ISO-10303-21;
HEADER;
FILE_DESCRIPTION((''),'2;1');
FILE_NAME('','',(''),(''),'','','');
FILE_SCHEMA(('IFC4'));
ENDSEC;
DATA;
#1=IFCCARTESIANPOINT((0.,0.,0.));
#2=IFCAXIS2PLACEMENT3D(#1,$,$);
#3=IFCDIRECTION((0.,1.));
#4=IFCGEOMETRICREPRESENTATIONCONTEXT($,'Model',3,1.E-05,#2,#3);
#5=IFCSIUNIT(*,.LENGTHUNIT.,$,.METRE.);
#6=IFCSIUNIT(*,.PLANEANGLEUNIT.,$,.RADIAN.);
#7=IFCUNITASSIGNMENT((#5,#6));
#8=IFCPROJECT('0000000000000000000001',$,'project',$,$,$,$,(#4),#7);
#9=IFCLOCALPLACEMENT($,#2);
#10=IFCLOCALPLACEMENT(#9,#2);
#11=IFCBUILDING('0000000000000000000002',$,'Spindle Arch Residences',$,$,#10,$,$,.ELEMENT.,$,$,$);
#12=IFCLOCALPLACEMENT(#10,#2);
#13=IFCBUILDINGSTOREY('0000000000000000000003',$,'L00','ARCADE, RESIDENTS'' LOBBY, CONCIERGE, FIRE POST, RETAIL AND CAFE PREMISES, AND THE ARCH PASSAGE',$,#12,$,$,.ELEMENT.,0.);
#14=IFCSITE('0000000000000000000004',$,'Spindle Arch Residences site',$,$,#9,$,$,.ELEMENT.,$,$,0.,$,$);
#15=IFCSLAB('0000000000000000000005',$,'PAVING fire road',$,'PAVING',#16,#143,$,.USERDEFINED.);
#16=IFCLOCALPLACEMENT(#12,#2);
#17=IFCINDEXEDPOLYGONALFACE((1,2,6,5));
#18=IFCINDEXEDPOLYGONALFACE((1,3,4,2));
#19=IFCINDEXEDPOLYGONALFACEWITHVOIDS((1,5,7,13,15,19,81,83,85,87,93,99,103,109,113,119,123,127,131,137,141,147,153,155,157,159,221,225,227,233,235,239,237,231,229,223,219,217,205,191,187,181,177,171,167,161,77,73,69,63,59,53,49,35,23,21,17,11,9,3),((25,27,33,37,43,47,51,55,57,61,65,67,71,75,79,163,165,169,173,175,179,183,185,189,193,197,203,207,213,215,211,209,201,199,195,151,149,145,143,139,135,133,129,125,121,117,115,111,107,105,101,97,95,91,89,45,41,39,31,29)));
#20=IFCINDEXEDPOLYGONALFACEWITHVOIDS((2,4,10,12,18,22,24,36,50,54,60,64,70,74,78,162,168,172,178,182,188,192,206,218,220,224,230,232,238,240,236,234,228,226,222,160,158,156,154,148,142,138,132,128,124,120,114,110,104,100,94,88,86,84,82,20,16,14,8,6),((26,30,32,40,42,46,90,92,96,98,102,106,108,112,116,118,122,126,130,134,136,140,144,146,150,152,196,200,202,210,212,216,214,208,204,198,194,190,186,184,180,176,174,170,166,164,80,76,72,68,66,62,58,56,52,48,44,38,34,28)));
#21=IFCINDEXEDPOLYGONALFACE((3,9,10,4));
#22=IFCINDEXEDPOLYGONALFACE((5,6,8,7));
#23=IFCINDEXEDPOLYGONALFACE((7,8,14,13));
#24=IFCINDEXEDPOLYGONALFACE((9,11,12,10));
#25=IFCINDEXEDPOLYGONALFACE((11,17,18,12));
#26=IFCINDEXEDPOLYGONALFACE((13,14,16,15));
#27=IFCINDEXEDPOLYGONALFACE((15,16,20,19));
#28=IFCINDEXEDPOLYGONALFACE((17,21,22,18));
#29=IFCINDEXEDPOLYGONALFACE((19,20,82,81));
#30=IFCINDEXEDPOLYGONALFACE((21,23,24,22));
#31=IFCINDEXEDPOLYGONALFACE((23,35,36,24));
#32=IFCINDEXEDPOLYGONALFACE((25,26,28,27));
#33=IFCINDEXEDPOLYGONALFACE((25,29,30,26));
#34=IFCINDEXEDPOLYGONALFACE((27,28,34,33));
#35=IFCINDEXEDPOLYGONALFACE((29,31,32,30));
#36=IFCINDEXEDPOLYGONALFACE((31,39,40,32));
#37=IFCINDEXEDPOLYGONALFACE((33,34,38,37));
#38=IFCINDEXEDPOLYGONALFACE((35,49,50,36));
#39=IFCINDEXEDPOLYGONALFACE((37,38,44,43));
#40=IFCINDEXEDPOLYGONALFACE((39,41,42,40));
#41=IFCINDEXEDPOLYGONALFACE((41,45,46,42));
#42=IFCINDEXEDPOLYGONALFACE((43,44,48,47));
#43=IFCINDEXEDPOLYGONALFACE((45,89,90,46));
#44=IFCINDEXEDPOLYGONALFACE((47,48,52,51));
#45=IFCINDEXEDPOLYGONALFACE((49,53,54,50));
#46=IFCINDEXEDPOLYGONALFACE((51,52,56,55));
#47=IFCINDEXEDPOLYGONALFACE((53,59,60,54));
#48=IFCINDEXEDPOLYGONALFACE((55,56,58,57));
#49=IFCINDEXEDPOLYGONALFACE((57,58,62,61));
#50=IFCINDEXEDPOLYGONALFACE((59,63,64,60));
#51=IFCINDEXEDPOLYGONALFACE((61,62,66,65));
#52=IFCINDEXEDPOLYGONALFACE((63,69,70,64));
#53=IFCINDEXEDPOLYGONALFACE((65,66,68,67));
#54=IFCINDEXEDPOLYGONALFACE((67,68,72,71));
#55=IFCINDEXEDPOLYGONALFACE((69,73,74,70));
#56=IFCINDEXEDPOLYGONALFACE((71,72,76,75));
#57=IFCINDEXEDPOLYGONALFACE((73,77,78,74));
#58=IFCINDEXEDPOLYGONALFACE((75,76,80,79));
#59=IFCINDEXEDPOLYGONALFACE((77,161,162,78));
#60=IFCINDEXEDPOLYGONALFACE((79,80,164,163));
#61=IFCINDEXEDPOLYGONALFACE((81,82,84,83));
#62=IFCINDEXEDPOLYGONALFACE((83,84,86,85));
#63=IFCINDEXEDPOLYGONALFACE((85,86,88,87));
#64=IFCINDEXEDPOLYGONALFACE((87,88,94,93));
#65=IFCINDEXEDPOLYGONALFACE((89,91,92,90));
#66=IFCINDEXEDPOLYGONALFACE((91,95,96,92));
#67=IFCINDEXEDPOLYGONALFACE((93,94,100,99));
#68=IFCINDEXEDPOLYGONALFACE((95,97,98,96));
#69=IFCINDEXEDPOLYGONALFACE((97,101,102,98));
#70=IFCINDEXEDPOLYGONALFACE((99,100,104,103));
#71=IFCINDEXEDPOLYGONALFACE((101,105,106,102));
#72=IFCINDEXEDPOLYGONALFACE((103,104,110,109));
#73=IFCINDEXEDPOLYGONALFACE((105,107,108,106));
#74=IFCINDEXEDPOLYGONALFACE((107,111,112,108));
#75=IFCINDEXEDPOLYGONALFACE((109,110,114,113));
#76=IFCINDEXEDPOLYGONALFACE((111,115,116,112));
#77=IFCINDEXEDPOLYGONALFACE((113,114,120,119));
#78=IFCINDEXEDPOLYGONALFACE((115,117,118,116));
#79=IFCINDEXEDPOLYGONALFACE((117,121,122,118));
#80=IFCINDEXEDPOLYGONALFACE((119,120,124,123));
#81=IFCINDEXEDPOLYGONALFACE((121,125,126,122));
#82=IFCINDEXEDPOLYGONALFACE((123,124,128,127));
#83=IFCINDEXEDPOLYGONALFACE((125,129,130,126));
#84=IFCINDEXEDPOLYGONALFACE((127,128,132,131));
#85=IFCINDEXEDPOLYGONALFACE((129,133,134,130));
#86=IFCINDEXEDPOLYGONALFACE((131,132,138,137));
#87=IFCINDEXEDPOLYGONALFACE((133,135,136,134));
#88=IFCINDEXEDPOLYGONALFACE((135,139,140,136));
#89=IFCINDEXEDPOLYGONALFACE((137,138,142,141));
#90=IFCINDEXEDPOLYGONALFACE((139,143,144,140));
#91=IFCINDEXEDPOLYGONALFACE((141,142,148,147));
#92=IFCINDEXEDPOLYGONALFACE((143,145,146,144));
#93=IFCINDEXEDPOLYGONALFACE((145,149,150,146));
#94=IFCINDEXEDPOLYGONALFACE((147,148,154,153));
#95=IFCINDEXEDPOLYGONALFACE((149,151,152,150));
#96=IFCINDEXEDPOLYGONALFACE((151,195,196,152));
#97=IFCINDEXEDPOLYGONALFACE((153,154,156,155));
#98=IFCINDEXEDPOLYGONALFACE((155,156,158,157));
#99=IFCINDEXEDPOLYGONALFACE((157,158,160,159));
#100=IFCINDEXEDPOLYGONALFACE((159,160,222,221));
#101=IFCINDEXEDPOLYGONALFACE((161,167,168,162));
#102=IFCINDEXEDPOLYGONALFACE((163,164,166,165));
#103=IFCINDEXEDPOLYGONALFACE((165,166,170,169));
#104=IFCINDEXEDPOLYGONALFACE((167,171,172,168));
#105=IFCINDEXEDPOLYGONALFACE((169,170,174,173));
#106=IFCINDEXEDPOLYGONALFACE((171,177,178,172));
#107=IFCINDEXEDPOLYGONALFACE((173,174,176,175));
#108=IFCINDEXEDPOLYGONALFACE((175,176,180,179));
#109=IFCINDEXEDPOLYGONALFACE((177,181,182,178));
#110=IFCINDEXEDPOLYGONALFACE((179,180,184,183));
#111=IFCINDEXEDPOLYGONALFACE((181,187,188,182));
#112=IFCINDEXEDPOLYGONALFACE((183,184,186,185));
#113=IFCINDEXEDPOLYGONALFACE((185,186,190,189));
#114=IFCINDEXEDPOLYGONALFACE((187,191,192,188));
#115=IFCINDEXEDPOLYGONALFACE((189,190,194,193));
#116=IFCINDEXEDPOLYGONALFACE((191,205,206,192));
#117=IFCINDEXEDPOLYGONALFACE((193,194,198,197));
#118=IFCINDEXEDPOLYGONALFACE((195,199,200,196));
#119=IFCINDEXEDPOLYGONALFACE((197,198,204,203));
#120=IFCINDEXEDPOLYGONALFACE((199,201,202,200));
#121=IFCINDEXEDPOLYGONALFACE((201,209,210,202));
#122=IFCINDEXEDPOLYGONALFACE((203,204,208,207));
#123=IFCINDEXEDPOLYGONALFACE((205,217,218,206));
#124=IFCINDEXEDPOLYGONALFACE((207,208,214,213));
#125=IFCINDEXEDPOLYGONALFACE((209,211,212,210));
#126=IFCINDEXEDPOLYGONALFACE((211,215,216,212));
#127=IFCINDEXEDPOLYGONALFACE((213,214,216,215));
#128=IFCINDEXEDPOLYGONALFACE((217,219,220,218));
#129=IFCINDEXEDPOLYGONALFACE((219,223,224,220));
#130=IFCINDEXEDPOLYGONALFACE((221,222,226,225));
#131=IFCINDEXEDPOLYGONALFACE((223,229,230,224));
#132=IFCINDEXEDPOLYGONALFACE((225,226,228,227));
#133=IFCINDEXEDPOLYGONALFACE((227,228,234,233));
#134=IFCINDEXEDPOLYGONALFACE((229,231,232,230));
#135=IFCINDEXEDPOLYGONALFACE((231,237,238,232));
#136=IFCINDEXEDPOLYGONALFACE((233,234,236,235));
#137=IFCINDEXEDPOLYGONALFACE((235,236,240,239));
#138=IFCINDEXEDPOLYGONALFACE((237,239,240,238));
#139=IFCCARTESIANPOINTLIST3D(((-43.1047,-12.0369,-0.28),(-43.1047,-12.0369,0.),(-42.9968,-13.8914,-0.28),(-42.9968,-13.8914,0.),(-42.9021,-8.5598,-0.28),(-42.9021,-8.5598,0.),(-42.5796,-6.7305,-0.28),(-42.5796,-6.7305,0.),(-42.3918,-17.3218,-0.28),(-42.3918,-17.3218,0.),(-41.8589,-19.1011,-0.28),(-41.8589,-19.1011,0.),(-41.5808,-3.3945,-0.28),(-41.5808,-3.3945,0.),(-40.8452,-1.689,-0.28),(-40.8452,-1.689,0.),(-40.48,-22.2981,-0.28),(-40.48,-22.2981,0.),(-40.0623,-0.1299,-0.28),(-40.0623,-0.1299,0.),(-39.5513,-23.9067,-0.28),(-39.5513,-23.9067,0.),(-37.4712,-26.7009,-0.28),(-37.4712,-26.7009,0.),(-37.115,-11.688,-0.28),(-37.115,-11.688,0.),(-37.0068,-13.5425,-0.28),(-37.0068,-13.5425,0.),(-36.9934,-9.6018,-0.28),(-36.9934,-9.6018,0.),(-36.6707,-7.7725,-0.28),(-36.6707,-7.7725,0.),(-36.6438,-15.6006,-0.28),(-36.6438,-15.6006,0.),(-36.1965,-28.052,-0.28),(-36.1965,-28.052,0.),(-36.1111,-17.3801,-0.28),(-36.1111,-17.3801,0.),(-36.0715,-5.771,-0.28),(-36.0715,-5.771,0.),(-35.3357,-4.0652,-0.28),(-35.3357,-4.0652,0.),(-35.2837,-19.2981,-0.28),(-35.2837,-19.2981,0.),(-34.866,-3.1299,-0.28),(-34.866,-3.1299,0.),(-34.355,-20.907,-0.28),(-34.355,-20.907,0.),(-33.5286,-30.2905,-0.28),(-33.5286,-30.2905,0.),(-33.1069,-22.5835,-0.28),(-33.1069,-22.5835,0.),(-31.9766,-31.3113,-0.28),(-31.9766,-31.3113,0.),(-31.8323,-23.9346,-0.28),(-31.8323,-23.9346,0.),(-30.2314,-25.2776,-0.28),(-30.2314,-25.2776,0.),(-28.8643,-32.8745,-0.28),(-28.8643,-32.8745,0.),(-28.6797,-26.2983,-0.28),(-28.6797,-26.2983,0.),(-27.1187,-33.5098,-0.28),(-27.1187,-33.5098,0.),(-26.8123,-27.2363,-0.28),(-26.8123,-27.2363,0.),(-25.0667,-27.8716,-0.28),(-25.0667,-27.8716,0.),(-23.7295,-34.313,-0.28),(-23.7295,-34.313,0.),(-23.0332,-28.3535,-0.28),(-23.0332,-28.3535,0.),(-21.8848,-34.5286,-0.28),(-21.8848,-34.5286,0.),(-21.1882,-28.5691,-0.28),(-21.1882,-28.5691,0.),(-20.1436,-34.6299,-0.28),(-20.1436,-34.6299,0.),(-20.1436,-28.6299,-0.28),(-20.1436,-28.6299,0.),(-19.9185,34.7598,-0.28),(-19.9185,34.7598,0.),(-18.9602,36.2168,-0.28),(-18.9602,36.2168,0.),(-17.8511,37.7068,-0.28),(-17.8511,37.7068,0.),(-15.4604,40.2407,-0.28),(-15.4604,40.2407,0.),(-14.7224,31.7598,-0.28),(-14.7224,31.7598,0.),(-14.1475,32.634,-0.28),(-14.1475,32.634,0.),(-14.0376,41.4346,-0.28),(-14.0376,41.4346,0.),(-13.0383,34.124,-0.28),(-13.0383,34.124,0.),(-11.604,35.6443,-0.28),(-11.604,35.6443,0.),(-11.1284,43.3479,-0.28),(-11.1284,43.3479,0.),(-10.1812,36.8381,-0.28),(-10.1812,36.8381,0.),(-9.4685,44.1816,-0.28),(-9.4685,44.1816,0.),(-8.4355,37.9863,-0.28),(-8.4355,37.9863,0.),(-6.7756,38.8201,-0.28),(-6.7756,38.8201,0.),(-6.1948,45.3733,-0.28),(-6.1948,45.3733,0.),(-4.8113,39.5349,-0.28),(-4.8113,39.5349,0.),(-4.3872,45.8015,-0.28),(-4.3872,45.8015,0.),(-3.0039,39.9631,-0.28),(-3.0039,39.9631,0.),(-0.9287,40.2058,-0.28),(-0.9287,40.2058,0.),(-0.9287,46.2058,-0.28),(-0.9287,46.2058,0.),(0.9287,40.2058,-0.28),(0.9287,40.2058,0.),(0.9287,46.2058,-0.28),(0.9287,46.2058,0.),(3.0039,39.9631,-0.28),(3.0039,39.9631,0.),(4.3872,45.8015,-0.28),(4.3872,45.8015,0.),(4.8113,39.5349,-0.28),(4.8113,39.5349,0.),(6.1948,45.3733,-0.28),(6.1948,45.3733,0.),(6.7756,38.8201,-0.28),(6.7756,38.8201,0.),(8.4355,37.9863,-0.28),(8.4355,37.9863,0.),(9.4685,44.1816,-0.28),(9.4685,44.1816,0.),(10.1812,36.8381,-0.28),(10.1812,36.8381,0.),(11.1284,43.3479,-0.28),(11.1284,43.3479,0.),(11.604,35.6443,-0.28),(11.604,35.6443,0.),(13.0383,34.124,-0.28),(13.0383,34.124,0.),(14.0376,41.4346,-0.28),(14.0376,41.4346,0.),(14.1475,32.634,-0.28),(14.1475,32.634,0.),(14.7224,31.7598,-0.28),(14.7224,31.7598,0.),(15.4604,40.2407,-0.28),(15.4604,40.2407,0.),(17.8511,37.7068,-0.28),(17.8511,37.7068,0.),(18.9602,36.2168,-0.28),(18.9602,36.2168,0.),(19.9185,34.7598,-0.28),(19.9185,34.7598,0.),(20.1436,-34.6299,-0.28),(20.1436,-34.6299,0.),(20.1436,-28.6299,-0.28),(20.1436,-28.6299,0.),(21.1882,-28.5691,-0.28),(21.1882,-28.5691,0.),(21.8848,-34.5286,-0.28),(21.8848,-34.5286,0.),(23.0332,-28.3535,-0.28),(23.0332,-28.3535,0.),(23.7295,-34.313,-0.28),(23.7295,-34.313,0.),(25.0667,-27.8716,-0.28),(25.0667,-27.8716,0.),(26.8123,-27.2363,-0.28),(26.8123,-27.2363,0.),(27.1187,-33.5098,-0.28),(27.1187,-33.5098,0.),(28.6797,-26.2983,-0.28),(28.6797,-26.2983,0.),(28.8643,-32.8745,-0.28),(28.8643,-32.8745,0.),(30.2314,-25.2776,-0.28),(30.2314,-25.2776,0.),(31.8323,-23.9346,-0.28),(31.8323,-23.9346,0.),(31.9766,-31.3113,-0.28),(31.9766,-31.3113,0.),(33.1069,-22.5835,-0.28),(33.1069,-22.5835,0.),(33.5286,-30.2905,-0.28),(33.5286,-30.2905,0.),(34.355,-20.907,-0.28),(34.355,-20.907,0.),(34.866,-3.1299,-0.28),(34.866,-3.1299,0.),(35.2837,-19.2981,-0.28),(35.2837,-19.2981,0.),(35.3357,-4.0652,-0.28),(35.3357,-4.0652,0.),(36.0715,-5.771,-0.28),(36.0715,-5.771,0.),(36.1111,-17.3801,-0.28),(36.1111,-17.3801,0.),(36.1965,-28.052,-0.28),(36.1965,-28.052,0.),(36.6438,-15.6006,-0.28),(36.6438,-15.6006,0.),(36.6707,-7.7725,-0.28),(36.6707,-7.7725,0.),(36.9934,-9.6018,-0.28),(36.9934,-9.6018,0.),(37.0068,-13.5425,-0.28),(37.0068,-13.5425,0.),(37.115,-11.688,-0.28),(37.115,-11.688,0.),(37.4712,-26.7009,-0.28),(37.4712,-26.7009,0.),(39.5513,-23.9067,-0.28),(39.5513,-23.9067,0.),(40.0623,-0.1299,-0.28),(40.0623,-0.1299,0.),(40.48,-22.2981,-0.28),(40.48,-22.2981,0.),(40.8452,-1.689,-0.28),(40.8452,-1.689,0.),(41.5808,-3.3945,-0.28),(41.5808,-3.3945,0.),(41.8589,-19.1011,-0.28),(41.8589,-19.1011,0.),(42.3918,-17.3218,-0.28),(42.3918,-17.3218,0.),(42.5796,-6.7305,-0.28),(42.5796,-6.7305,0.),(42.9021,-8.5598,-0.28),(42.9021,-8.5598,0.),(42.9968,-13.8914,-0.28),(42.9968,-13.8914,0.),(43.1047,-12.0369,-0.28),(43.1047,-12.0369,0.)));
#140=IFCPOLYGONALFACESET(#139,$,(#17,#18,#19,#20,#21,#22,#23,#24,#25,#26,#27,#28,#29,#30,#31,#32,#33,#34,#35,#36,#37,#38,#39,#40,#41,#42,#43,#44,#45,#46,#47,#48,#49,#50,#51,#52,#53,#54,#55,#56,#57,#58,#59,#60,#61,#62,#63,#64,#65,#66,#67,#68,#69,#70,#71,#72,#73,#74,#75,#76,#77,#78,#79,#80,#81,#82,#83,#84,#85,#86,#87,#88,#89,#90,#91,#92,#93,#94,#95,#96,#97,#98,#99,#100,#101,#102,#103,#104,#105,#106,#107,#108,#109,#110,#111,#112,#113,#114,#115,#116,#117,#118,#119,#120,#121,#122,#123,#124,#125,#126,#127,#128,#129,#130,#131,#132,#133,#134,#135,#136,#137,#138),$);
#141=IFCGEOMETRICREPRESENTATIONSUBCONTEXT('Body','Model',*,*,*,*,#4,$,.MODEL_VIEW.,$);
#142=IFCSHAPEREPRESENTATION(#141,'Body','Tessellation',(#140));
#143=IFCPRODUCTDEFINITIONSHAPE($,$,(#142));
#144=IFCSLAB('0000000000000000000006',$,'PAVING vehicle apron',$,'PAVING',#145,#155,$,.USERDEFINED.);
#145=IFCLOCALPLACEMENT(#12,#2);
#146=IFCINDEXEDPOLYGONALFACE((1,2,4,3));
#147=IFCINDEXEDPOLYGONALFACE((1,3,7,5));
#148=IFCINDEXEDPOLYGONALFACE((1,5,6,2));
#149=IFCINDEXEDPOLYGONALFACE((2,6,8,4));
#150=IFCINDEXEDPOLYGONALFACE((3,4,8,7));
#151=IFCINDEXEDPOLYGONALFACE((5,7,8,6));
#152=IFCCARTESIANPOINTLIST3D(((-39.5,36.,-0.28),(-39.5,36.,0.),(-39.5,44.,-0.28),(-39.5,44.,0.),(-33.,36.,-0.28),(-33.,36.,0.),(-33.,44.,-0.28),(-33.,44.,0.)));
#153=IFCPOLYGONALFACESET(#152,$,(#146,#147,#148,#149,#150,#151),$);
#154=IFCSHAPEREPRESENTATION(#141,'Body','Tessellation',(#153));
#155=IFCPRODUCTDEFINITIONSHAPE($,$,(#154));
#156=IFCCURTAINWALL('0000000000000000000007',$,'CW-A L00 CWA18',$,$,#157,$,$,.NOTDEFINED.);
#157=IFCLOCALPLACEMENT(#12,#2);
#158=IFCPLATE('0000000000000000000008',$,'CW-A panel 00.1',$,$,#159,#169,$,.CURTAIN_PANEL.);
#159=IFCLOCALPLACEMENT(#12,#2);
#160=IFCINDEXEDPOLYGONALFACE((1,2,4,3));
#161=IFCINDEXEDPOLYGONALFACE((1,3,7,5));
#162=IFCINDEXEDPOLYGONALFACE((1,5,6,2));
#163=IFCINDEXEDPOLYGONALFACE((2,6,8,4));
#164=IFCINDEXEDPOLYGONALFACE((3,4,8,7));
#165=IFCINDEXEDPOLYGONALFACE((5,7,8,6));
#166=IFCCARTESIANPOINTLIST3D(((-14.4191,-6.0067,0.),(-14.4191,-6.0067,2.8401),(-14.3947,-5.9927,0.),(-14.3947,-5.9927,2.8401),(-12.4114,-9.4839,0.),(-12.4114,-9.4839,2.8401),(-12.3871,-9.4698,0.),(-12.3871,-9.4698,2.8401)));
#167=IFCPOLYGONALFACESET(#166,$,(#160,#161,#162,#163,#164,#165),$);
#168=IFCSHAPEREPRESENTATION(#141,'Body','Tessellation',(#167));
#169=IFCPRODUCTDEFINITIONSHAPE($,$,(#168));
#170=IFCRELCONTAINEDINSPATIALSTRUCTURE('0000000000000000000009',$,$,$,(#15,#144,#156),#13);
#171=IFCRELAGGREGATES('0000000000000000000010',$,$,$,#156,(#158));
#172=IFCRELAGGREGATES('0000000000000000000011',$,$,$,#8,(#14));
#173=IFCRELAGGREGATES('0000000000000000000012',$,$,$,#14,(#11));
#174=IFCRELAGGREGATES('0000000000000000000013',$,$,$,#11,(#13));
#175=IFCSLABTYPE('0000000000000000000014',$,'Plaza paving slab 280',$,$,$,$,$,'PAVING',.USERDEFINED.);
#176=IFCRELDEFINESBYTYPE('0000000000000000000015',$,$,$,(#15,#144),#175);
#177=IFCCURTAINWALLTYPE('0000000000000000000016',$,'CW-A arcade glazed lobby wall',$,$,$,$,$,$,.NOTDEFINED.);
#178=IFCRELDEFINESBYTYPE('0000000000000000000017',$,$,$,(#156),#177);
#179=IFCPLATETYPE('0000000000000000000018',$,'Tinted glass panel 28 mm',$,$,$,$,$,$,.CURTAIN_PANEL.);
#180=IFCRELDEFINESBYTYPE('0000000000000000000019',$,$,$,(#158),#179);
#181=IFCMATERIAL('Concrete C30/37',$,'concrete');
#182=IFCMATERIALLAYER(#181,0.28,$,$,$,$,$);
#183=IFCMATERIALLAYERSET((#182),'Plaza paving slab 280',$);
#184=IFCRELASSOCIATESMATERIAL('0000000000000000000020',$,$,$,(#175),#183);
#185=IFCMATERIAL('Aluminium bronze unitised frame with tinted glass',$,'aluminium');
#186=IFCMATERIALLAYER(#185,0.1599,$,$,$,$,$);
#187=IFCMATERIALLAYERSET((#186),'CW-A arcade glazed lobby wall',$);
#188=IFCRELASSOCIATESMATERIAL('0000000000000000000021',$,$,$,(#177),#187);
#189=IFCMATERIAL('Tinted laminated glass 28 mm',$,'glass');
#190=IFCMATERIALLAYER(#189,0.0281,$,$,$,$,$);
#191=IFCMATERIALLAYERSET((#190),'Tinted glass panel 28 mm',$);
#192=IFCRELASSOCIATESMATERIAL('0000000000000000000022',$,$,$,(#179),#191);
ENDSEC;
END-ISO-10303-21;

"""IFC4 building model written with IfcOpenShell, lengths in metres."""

from ifc_helpers import new_model, si_unit, direction, frame, origin, origin_2d, place, context, subcontext, project, spatial, polyline, rectangle, outline, extrude, material, layer, layer_set, type_object, element, aggregate, save


model = new_model("IFC4")

# Units and contexts
model_context = context("Model", 3, precision=1e-05, world=origin(), true_north=direction((0.0, 1.0)))
body_context = subcontext(model_context, "Body", "Model", "MODEL_VIEW")
ifc_project = project(units=[si_unit("LENGTHUNIT", "METRE"), si_unit("PLANEANGLEUNIT", "RADIAN")], contexts=[model_context])

# Site, building, storey
site_placement = place(None, origin())
site = spatial("IfcSite", under=ifc_project, at=site_placement, Name="Spindle Arch Residences site", CompositionType="ELEMENT", RefElevation=0.0)
building_placement = place(site_placement, origin())
building = spatial("IfcBuilding", under=site, at=building_placement, Name="Spindle Arch Residences", CompositionType="ELEMENT")
storey_placement = place(building_placement, origin())
storey = spatial("IfcBuildingStorey", under=building, at=storey_placement, Name="L00", Description="ARCADE, RESIDENTS' LOBBY, CONCIERGE, FIRE POST, RETAIL AND CAFE PREMISES, AND THE ARCH PASSAGE", CompositionType="ELEMENT", Elevation=0.0)

# Slabs
ifc_material_1 = material(Name="Concrete C30/37", Category="concrete")
ifc_layer_1 = layer(ifc_material_1, 0.28)
ifc_layer_set_1 = layer_set([ifc_layer_1], Name="Plaza paving slab 280")
slab_type_1 = type_object("IfcSlabType", Name="Plaza paving slab 280", ElementType="PAVING", PredefinedType="USERDEFINED", material=ifc_layer_set_1)
slab_1_placement = place(storey_placement, frame((0.0, 0.0, -0.28)))
element("IfcSlab", 1, at=slab_1_placement, inside=storey, type_object=slab_type_1, Name="PAVING fire road", ObjectType="PAVING", PredefinedType="USERDEFINED", context=body_context, shape_type="SweptSolid", body=[
    extrude(outline(polyline([(-20.1436, -34.6299), (-21.8848, -34.5286), (-23.7295, -34.313), (-27.1187, -33.5098), (-28.8643, -32.8745), (-31.9766, -31.3113), (-33.5286, -30.2905), (-36.1965, -28.052), (-37.4712, -26.7009), (-39.5513, -23.9067), (-40.48, -22.2981), (-41.8589, -19.1011), (-42.3918, -17.3218), (-42.9968, -13.8914), (-43.1047, -12.0369), (-42.9021, -8.5598), (-42.5796, -6.7305), (-41.5808, -3.3945), (-40.8452, -1.689), (-40.0623, -0.1299), (-19.9185, 34.7598), (-18.9602, 36.2168), (-17.8511, 37.7068), (-15.4604, 40.2407), (-14.0376, 41.4346), (-11.1284, 43.3479), (-9.4685, 44.1816), (-6.1948, 45.3733), (-4.3872, 45.8015), (-0.9287, 46.2058), (0.9287, 46.2058), (4.3872, 45.8015), (6.1948, 45.3733), (9.4685, 44.1816), (11.1284, 43.3479), (14.0376, 41.4346), (15.4604, 40.2407), (17.8511, 37.7068), (18.9602, 36.2168), (19.9185, 34.7598), (40.0623, -0.1299), (40.8452, -1.689), (41.5808, -3.3945), (42.5796, -6.7305), (42.9021, -8.5598), (43.1047, -12.0369), (42.9968, -13.8914), (42.3918, -17.3218), (41.8589, -19.1011), (40.48, -22.2981), (39.5513, -23.9067), (37.4712, -26.7009), (36.1965, -28.052), (33.5286, -30.2905), (31.9766, -31.3113), (28.8643, -32.8745), (27.1187, -33.5098), (23.7295, -34.313), (21.8848, -34.5286), (20.1436, -34.6299), (-20.1436, -34.6299)]), holes=[polyline([(21.1882, -28.5691), (23.0332, -28.3535), (25.0667, -27.8716), (26.8123, -27.2363), (28.6797, -26.2983), (30.2314, -25.2776), (31.8323, -23.9346), (33.1069, -22.5835), (34.355, -20.907), (35.2837, -19.2981), (36.1111, -17.3801), (36.6438, -15.6006), (37.0068, -13.5425), (37.115, -11.688), (36.9934, -9.6018), (36.6707, -7.7725), (36.0715, -5.771), (35.3357, -4.0652), (34.866, -3.1299), (14.7224, 31.7598), (14.1475, 32.634), (13.0383, 34.124), (11.604, 35.6443), (10.1812, 36.8381), (8.4355, 37.9863), (6.7756, 38.8201), (4.8113, 39.5349), (3.0039, 39.9631), (0.9287, 40.2058), (-0.9287, 40.2058), (-3.0039, 39.9631), (-4.8113, 39.5349), (-6.7756, 38.8201), (-8.4355, 37.9863), (-10.1812, 36.8381), (-11.604, 35.6443), (-13.0383, 34.124), (-14.1475, 32.634), (-14.7224, 31.7598), (-34.866, -3.1299), (-35.3357, -4.0652), (-36.0715, -5.771), (-36.6707, -7.7725), (-36.9934, -9.6018), (-37.115, -11.688), (-37.0068, -13.5425), (-36.6438, -15.6006), (-36.1111, -17.3801), (-35.2837, -19.2981), (-34.355, -20.907), (-33.1069, -22.5835), (-31.8323, -23.9346), (-30.2314, -25.2776), (-28.6797, -26.2983), (-26.8123, -27.2363), (-25.0667, -27.8716), (-23.0332, -28.3535), (-21.1882, -28.5691), (-20.1436, -28.6299), (20.1436, -28.6299), (21.1882, -28.5691)])]), origin(), (0.0, 0.0, 1.0), 0.28),
])
slab_2_placement = place(storey_placement, frame((0.0, 0.0, -0.28)))
element("IfcSlab", 2, at=slab_2_placement, inside=storey, type_object=slab_type_1, Name="PAVING vehicle apron", ObjectType="PAVING", PredefinedType="USERDEFINED", context=body_context, shape_type="SweptSolid", body=[
    extrude(outline(polyline([(-39.5, 44.0), (-33.0, 44.0), (-33.0, 36.0), (-39.5, 36.0), (-39.5, 44.0)])), origin(), (0.0, 0.0, 1.0), 0.28),
])

# Curtain wall, plate
ifc_material_2 = material(Name="Aluminium bronze unitised frame with tinted glass", Category="aluminium")
ifc_layer_2 = layer(ifc_material_2, 0.1599)
ifc_layer_set_2 = layer_set([ifc_layer_2], Name="CW-A arcade glazed lobby wall")
curtain_wall_type = type_object("IfcCurtainWallType", Name="CW-A arcade glazed lobby wall", PredefinedType="NOTDEFINED", material=ifc_layer_set_2)
curtain_wall_placement = place(storey_placement, origin())
curtain_wall = element("IfcCurtainWall", 3, at=curtain_wall_placement, inside=storey, type_object=curtain_wall_type, Name="CW-A L00 CWA18", PredefinedType="NOTDEFINED")
ifc_material_3 = material(Name="Tinted laminated glass 28 mm", Category="glass")
ifc_layer_3 = layer(ifc_material_3, 0.0281)
ifc_layer_set_3 = layer_set([ifc_layer_3], Name="Tinted glass panel 28 mm")
plate_type = type_object("IfcPlateType", Name="Tinted glass panel 28 mm", PredefinedType="CURTAIN_PANEL", material=ifc_layer_set_3)
plate_placement = place(storey_placement, frame((-13.4031, -7.7383, 0.0), z_axis=(0.0, 0.0, 1.0), x_axis=(0.500023, -0.866012, 0.0)))
plate = element("IfcPlate", 4, at=plate_placement, type_object=plate_type, Name="CW-A panel 00.1", PredefinedType="CURTAIN_PANEL", context=body_context, shape_type="SweptSolid", body=[
    extrude(rectangle(XDim=4.0151, YDim=0.0281, at=origin_2d()), origin(), (0.0, 0.0, 1.0), 2.8401),
])
aggregate(curtain_wall, [plate])

save(model, "model.ifc")
